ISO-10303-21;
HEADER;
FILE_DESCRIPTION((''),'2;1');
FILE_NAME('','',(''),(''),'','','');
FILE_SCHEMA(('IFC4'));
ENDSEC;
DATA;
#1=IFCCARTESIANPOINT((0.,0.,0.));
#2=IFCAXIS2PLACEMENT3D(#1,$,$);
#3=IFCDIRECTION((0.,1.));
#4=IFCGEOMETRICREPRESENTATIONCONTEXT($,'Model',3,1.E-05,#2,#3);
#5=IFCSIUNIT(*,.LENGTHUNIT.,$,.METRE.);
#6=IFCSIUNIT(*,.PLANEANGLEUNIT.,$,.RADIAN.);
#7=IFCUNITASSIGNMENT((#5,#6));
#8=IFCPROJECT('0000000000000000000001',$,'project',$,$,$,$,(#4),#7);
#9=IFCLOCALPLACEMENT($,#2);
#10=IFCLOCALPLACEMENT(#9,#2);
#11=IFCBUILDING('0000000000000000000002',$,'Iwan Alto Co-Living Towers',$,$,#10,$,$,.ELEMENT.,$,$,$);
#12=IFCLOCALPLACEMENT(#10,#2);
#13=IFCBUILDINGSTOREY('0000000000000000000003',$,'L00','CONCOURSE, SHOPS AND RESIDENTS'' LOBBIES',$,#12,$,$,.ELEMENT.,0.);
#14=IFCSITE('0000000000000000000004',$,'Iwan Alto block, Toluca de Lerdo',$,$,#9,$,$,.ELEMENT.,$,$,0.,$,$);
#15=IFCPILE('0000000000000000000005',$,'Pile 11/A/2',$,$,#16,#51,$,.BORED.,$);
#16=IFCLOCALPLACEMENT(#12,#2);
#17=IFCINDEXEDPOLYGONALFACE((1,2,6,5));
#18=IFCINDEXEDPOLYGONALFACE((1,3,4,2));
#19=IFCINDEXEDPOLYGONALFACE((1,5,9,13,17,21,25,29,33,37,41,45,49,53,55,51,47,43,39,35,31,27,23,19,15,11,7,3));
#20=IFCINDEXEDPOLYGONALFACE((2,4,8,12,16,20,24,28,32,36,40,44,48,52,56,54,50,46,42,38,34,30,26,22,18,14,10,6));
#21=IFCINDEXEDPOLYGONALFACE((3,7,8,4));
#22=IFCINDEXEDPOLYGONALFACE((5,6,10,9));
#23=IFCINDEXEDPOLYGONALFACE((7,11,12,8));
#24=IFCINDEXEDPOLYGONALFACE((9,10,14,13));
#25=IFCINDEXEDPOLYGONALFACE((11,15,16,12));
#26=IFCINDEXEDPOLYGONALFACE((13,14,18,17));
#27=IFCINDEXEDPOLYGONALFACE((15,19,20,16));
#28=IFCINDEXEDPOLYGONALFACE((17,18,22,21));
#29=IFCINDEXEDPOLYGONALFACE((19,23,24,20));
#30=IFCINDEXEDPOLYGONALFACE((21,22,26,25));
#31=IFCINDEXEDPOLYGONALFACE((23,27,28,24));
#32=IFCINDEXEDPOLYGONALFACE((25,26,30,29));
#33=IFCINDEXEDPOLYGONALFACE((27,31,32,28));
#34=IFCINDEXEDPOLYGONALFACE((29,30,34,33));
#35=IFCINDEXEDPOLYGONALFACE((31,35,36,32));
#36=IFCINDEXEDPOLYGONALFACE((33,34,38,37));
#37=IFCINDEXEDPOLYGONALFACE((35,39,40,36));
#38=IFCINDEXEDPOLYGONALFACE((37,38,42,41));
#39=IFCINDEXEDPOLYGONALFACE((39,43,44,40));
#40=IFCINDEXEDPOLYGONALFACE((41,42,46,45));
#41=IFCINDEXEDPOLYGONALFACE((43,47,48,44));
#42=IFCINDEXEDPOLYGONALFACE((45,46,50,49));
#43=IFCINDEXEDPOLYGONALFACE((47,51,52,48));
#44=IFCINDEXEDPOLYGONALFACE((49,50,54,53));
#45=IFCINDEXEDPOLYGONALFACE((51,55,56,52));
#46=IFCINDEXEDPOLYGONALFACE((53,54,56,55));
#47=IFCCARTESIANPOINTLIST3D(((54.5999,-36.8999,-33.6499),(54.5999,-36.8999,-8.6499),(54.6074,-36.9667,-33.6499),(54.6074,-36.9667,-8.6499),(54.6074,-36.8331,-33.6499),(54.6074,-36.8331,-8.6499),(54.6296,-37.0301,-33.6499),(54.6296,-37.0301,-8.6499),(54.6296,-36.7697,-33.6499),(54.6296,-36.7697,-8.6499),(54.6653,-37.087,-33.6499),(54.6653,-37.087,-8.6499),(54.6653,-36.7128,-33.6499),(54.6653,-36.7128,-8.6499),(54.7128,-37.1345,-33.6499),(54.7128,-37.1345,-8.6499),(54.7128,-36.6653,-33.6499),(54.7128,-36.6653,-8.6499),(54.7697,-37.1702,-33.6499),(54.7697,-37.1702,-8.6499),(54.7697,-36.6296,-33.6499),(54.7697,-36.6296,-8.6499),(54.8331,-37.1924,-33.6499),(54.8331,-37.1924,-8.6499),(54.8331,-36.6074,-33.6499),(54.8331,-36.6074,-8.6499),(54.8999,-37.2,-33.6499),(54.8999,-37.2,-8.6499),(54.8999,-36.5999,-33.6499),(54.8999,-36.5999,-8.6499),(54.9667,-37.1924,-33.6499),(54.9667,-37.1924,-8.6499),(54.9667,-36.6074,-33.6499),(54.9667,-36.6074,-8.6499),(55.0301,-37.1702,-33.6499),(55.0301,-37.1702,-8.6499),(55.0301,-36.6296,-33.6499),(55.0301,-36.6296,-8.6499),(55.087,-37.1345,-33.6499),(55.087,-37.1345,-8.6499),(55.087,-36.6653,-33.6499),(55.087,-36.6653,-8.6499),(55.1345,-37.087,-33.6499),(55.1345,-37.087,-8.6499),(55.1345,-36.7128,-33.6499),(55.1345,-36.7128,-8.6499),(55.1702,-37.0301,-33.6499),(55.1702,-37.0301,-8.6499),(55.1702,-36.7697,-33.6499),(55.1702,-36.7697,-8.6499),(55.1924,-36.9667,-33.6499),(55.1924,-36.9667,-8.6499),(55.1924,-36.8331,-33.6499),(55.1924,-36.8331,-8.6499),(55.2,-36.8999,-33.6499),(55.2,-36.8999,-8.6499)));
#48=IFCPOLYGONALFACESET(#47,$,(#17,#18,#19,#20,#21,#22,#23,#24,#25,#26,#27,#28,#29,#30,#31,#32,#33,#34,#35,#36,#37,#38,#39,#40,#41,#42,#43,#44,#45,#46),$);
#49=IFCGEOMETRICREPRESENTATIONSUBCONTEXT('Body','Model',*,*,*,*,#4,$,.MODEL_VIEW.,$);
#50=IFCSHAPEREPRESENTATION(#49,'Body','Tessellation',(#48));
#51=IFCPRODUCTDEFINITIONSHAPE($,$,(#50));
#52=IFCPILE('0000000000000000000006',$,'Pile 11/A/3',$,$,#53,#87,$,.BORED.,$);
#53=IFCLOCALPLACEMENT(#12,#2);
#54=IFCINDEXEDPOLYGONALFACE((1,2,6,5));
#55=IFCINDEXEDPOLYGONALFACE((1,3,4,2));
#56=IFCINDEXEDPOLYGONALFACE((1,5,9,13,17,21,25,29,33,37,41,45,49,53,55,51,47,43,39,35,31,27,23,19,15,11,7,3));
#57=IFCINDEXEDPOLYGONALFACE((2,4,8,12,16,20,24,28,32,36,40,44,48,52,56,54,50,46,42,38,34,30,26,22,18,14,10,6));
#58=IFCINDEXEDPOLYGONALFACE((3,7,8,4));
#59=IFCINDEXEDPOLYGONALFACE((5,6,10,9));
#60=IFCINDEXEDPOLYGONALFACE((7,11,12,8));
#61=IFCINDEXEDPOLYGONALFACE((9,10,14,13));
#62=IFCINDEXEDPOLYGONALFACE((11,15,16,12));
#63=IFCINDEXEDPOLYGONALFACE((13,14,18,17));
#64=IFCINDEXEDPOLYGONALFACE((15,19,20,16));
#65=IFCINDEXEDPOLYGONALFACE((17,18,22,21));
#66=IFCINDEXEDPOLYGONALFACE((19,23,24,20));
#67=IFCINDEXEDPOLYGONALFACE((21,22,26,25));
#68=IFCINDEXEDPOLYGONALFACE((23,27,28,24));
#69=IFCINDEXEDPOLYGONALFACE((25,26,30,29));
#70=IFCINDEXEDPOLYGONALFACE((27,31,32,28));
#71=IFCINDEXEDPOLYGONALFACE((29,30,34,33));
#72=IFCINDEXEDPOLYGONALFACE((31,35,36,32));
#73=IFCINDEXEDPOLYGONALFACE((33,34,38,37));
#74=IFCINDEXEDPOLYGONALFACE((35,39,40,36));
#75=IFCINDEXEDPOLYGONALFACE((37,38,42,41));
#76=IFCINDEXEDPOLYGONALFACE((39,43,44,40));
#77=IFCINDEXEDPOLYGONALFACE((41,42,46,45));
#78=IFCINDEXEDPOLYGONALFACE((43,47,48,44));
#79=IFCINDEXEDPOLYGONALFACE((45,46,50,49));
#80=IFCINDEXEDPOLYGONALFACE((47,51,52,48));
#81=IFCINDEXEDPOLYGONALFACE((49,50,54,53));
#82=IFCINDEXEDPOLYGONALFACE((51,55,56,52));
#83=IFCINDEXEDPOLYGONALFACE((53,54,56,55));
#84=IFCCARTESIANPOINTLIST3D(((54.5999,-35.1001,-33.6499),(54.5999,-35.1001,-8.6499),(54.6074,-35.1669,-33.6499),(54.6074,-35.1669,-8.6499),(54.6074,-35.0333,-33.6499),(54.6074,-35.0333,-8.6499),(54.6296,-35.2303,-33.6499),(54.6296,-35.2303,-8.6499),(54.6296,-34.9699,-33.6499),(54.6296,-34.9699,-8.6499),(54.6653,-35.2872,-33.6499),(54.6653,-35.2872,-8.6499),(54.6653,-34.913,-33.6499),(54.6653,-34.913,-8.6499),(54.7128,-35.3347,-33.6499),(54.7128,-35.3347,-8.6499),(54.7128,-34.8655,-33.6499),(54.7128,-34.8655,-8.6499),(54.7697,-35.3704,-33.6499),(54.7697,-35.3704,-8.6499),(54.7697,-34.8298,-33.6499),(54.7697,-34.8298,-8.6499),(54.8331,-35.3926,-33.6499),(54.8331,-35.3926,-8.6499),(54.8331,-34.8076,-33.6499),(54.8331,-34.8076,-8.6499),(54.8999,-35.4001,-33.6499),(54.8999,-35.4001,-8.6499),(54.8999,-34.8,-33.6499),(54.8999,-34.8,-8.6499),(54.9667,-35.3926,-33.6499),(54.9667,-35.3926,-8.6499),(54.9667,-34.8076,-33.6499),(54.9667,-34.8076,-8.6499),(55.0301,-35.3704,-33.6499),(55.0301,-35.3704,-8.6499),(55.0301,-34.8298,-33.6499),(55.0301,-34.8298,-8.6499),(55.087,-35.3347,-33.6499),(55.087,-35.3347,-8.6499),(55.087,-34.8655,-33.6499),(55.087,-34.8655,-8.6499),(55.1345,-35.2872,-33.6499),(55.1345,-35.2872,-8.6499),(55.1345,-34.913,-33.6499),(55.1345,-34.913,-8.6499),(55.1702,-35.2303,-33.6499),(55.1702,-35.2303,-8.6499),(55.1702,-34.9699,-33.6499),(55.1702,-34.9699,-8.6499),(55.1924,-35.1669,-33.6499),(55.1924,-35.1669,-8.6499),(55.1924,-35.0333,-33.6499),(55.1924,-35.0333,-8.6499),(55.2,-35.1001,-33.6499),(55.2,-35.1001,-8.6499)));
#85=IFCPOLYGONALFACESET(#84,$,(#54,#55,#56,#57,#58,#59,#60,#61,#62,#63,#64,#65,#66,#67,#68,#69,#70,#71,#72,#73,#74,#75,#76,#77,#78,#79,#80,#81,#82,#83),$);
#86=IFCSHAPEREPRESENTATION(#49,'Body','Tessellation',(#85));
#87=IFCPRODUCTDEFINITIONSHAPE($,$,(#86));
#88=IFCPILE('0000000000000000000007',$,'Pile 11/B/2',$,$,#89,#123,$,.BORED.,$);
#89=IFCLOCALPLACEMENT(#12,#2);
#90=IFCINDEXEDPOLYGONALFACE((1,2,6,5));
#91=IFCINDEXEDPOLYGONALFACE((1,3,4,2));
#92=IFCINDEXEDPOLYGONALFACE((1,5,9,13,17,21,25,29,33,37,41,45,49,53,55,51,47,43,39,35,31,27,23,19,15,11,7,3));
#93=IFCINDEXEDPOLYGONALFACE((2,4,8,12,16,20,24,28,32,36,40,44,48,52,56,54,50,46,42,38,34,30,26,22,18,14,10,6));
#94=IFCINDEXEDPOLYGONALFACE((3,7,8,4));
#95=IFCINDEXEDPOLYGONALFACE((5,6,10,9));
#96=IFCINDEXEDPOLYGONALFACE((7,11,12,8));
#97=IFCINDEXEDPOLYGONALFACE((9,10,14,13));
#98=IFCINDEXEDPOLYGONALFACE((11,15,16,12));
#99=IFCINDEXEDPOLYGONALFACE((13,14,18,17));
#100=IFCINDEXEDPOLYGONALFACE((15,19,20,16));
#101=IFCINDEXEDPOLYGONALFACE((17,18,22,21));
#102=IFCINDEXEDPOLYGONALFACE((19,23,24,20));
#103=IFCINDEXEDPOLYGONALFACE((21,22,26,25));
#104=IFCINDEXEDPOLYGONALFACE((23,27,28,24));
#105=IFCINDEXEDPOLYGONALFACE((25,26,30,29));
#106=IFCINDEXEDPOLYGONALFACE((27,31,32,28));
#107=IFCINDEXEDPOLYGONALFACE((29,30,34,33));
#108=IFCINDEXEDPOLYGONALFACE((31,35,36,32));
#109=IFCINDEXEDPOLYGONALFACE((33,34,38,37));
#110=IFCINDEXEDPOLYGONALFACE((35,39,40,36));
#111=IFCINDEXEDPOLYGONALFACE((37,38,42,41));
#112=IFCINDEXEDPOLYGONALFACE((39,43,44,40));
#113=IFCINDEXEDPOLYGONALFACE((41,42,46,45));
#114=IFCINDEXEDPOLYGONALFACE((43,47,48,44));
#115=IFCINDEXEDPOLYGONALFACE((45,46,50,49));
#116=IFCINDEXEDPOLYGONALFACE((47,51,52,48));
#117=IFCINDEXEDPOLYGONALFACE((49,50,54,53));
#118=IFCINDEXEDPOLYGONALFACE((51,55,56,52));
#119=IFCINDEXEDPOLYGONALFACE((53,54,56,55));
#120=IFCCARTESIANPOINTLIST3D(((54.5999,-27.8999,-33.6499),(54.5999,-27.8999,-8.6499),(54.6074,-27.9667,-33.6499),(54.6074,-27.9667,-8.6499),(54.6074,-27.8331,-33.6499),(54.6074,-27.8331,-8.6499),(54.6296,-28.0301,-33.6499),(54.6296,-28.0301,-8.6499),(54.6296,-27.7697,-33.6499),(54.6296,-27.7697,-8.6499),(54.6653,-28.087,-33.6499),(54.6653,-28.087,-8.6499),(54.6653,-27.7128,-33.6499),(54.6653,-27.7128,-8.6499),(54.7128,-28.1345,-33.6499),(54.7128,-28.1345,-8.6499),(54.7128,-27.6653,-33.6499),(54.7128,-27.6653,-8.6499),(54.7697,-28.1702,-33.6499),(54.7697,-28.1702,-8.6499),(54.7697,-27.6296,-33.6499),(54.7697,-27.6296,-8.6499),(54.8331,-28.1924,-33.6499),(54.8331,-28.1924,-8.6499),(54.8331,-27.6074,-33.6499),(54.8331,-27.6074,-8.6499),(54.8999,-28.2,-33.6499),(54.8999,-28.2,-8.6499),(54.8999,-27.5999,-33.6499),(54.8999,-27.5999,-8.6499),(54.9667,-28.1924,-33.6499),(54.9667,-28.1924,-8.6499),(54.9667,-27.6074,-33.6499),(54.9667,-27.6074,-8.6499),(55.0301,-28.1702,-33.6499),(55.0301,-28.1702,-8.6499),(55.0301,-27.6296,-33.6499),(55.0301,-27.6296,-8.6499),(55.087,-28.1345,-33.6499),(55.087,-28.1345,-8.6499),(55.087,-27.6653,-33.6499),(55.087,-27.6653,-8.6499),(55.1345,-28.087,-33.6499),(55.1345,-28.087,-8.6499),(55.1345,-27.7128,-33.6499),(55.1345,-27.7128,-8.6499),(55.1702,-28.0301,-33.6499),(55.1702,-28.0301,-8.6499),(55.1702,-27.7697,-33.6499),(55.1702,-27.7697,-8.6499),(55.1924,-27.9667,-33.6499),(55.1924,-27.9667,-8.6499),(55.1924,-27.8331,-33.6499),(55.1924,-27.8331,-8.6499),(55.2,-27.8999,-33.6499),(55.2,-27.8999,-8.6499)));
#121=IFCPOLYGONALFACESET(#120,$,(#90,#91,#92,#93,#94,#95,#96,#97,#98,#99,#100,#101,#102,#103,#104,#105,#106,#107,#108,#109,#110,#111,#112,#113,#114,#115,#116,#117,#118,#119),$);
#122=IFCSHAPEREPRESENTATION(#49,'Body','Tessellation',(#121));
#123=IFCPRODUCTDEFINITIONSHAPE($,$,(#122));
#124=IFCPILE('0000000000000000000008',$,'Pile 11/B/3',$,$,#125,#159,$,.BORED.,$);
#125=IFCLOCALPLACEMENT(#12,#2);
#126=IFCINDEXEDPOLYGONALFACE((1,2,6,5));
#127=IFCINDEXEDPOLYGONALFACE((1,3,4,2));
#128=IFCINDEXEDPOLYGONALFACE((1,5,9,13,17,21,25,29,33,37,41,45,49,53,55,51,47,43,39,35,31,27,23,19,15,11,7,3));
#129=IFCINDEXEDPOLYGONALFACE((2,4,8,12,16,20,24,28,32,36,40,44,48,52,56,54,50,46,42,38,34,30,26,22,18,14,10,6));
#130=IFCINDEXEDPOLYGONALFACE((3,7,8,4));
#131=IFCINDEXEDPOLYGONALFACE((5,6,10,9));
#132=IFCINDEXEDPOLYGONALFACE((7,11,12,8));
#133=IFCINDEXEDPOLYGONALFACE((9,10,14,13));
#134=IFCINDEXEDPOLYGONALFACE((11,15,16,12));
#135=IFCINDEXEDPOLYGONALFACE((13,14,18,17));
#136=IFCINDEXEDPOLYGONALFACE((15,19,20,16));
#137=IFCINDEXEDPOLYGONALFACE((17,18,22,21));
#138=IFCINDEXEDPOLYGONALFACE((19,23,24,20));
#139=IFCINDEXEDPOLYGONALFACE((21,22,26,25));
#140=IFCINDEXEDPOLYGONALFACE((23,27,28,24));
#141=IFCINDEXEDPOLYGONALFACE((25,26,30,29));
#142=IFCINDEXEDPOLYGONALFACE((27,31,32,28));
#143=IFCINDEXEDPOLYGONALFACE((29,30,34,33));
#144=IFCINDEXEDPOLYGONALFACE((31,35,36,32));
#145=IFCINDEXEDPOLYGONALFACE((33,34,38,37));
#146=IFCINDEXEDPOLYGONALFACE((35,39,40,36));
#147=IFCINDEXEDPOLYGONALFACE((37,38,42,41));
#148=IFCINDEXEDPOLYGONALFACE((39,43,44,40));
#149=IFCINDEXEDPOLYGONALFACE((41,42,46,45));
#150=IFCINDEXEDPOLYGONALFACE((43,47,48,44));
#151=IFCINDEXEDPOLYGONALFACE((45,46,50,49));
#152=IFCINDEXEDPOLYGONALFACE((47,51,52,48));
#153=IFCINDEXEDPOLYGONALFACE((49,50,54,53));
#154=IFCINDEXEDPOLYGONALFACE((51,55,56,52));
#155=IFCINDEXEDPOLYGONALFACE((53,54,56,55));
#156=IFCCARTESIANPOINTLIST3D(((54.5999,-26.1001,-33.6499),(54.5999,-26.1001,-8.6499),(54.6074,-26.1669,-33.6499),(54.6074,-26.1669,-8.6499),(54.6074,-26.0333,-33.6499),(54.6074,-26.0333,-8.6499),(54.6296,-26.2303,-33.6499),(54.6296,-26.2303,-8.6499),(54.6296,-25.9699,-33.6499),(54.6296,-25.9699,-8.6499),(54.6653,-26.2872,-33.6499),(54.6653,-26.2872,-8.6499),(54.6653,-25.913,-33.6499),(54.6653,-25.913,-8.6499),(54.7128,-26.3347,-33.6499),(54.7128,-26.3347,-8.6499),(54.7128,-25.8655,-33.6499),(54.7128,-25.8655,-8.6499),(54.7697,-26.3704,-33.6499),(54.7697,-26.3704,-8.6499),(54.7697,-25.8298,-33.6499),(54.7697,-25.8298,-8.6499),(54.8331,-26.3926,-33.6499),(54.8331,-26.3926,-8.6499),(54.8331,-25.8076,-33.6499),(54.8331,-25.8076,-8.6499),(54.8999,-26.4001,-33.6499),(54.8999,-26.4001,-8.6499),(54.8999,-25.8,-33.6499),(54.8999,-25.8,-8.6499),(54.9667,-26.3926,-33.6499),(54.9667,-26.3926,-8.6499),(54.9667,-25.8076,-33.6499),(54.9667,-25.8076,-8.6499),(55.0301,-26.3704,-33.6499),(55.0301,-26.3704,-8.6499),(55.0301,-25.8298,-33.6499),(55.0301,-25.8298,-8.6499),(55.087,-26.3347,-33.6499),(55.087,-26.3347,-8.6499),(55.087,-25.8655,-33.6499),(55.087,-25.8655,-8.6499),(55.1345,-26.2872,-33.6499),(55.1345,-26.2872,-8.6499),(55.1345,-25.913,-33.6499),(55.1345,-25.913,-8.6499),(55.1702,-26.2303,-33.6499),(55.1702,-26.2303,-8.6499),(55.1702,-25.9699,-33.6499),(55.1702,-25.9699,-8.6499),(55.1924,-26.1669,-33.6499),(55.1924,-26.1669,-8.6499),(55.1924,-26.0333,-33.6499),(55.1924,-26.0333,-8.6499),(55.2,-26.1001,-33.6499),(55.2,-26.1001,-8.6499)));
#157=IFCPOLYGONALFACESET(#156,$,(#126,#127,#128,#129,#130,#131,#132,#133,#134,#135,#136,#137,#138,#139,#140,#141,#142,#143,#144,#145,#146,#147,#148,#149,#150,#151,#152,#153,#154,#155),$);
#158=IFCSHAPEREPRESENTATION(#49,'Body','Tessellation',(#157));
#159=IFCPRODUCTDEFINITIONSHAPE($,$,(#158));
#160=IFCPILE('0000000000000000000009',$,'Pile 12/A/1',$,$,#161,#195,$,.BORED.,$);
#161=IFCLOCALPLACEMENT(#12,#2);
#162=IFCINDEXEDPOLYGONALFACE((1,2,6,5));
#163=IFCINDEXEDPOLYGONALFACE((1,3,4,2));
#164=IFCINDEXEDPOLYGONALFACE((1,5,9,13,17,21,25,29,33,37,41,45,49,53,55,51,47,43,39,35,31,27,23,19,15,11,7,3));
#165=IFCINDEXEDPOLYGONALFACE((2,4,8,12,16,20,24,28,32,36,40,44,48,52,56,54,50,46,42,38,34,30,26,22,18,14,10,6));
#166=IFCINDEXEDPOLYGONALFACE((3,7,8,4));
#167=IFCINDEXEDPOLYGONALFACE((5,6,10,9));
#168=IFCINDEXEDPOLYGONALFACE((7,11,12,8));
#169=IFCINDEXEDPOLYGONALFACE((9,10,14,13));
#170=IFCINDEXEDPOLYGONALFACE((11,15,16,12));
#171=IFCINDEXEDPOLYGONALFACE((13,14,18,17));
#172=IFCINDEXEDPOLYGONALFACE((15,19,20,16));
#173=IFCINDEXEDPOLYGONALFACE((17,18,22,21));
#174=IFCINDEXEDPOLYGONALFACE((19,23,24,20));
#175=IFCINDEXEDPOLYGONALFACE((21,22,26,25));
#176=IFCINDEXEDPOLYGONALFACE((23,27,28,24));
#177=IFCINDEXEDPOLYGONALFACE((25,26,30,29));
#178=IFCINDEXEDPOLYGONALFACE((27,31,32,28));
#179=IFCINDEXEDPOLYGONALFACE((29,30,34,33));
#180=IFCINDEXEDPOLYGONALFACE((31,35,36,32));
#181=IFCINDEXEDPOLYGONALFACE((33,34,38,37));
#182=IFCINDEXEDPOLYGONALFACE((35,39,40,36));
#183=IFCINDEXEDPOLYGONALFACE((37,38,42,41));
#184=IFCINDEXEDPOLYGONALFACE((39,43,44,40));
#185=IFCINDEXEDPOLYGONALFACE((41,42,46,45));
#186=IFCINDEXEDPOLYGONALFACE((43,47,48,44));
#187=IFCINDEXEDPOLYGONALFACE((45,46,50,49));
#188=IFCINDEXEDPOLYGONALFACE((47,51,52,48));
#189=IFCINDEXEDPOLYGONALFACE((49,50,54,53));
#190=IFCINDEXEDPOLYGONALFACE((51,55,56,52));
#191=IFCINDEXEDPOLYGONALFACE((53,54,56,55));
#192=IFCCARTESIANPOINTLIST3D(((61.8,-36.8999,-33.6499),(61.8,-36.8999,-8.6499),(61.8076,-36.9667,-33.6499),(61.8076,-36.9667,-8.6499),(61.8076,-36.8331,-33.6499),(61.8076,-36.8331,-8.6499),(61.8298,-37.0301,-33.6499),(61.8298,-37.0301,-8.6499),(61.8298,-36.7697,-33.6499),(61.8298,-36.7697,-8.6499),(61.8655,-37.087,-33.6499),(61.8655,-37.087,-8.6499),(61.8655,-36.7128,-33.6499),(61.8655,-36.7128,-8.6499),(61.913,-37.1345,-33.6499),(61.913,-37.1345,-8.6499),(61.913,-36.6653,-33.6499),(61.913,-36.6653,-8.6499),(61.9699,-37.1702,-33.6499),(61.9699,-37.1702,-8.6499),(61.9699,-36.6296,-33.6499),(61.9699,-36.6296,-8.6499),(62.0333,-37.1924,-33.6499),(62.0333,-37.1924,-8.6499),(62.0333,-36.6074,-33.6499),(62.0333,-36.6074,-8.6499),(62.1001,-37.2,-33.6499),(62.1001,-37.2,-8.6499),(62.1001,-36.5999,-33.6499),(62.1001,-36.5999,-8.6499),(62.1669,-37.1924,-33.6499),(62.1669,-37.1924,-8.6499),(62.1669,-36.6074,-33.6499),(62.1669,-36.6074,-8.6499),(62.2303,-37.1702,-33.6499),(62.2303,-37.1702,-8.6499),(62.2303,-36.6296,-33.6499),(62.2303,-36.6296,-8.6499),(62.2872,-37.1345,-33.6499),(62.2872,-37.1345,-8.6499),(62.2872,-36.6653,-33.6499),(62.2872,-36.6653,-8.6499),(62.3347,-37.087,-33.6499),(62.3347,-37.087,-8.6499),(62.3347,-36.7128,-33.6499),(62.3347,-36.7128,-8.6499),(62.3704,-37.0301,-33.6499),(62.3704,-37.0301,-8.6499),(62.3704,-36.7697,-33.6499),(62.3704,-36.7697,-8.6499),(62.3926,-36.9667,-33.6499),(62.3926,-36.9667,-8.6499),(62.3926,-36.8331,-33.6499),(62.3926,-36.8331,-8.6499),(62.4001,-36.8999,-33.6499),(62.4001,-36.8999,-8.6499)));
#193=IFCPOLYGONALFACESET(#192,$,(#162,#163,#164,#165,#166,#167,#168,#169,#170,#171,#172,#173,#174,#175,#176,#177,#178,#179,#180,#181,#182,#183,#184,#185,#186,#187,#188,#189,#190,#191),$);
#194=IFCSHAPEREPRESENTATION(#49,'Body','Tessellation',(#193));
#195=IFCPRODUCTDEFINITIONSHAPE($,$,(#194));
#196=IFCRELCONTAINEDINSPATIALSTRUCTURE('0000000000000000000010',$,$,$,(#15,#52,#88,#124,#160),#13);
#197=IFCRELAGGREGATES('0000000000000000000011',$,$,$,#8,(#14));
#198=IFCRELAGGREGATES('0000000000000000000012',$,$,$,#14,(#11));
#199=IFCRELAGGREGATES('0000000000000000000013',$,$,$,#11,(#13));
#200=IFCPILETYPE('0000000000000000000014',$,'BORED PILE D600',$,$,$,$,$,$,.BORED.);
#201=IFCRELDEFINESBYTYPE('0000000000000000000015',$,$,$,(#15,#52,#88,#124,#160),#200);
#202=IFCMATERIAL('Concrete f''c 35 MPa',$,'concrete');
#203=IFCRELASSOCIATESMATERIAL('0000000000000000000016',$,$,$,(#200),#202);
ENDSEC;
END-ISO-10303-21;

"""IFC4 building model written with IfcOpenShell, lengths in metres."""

from ifc_helpers import new_model, si_unit, direction, frame, origin, origin_2d, place, context, subcontext, project, spatial, circle, extrude, material, material_profile, profile_set, type_object, element, save


model = new_model("IFC4")

# Units and contexts
model_context = context("Model", 3, precision=1e-05, world=origin(), true_north=direction((0.0, 1.0)))
body_context = subcontext(model_context, "Body", "Model", "MODEL_VIEW")
ifc_project = project(units=[si_unit("LENGTHUNIT", "METRE"), si_unit("PLANEANGLEUNIT", "RADIAN")], contexts=[model_context])

# Site, building, storey
site_placement = place(None, origin())
site = spatial("IfcSite", under=ifc_project, at=site_placement, Name="Iwan Alto block, Toluca de Lerdo", CompositionType="ELEMENT", RefElevation=0.0)
building_placement = place(site_placement, origin())
building = spatial("IfcBuilding", under=site, at=building_placement, Name="Iwan Alto Co-Living Towers", CompositionType="ELEMENT")
storey_placement = place(building_placement, origin())
storey = spatial("IfcBuildingStorey", under=building, at=storey_placement, Name="L00", Description="CONCOURSE, SHOPS AND RESIDENTS' LOBBIES", CompositionType="ELEMENT", Elevation=0.0)

# Piles
ifc_material_1 = material(Name="Concrete f'c 35 MPa", Category="concrete")
ifc_material_profile_1 = material_profile(ifc_material_1, circle(Radius=0.3, at=origin_2d()), Name="D600")
ifc_profile_set_1 = profile_set([ifc_material_profile_1], Name="Concrete f'c 35 MPa")
pile_type = type_object("IfcPileType", Name="BORED PILE D600", PredefinedType="BORED", material=ifc_profile_set_1)
for number, where, z_axis, x_axis, name in (
    (1, (54.8999, -36.8999, -8.6499), (0.0, 0.0, -1.0), (1.0, 0.0, 0.0), "Pile 11/A/2"),
    (2, (54.8999, -35.1001, -8.6499), (0.0, 0.0, -1.0), (1.0, 0.0, 0.0), "Pile 11/A/3"),
    (3, (54.8999, -27.8999, -8.6499), (0.0, 0.0, -1.0), (1.0, 0.0, 0.0), "Pile 11/B/2"),
    (4, (54.8999, -26.1001, -8.6499), (0.0, 0.0, -1.0), (1.0, 0.0, 0.0), "Pile 11/B/3"),
    (5, (62.1001, -36.8999, -8.6499), (0.0, 0.0, -1.0), (1.0, 0.0, 0.0), "Pile 12/A/1"),
):
    element("IfcPile", number, at=place(storey_placement, frame(where, z_axis=z_axis, x_axis=x_axis)), inside=storey, type_object=pile_type, Name=name, PredefinedType="BORED", context=body_context, shape_type="SweptSolid", body=[
        extrude(circle(Radius=0.3, at=origin_2d()), origin(), (0.0, 0.0, 1.0), 25.0),
    ])

save(model, "model.ifc")
